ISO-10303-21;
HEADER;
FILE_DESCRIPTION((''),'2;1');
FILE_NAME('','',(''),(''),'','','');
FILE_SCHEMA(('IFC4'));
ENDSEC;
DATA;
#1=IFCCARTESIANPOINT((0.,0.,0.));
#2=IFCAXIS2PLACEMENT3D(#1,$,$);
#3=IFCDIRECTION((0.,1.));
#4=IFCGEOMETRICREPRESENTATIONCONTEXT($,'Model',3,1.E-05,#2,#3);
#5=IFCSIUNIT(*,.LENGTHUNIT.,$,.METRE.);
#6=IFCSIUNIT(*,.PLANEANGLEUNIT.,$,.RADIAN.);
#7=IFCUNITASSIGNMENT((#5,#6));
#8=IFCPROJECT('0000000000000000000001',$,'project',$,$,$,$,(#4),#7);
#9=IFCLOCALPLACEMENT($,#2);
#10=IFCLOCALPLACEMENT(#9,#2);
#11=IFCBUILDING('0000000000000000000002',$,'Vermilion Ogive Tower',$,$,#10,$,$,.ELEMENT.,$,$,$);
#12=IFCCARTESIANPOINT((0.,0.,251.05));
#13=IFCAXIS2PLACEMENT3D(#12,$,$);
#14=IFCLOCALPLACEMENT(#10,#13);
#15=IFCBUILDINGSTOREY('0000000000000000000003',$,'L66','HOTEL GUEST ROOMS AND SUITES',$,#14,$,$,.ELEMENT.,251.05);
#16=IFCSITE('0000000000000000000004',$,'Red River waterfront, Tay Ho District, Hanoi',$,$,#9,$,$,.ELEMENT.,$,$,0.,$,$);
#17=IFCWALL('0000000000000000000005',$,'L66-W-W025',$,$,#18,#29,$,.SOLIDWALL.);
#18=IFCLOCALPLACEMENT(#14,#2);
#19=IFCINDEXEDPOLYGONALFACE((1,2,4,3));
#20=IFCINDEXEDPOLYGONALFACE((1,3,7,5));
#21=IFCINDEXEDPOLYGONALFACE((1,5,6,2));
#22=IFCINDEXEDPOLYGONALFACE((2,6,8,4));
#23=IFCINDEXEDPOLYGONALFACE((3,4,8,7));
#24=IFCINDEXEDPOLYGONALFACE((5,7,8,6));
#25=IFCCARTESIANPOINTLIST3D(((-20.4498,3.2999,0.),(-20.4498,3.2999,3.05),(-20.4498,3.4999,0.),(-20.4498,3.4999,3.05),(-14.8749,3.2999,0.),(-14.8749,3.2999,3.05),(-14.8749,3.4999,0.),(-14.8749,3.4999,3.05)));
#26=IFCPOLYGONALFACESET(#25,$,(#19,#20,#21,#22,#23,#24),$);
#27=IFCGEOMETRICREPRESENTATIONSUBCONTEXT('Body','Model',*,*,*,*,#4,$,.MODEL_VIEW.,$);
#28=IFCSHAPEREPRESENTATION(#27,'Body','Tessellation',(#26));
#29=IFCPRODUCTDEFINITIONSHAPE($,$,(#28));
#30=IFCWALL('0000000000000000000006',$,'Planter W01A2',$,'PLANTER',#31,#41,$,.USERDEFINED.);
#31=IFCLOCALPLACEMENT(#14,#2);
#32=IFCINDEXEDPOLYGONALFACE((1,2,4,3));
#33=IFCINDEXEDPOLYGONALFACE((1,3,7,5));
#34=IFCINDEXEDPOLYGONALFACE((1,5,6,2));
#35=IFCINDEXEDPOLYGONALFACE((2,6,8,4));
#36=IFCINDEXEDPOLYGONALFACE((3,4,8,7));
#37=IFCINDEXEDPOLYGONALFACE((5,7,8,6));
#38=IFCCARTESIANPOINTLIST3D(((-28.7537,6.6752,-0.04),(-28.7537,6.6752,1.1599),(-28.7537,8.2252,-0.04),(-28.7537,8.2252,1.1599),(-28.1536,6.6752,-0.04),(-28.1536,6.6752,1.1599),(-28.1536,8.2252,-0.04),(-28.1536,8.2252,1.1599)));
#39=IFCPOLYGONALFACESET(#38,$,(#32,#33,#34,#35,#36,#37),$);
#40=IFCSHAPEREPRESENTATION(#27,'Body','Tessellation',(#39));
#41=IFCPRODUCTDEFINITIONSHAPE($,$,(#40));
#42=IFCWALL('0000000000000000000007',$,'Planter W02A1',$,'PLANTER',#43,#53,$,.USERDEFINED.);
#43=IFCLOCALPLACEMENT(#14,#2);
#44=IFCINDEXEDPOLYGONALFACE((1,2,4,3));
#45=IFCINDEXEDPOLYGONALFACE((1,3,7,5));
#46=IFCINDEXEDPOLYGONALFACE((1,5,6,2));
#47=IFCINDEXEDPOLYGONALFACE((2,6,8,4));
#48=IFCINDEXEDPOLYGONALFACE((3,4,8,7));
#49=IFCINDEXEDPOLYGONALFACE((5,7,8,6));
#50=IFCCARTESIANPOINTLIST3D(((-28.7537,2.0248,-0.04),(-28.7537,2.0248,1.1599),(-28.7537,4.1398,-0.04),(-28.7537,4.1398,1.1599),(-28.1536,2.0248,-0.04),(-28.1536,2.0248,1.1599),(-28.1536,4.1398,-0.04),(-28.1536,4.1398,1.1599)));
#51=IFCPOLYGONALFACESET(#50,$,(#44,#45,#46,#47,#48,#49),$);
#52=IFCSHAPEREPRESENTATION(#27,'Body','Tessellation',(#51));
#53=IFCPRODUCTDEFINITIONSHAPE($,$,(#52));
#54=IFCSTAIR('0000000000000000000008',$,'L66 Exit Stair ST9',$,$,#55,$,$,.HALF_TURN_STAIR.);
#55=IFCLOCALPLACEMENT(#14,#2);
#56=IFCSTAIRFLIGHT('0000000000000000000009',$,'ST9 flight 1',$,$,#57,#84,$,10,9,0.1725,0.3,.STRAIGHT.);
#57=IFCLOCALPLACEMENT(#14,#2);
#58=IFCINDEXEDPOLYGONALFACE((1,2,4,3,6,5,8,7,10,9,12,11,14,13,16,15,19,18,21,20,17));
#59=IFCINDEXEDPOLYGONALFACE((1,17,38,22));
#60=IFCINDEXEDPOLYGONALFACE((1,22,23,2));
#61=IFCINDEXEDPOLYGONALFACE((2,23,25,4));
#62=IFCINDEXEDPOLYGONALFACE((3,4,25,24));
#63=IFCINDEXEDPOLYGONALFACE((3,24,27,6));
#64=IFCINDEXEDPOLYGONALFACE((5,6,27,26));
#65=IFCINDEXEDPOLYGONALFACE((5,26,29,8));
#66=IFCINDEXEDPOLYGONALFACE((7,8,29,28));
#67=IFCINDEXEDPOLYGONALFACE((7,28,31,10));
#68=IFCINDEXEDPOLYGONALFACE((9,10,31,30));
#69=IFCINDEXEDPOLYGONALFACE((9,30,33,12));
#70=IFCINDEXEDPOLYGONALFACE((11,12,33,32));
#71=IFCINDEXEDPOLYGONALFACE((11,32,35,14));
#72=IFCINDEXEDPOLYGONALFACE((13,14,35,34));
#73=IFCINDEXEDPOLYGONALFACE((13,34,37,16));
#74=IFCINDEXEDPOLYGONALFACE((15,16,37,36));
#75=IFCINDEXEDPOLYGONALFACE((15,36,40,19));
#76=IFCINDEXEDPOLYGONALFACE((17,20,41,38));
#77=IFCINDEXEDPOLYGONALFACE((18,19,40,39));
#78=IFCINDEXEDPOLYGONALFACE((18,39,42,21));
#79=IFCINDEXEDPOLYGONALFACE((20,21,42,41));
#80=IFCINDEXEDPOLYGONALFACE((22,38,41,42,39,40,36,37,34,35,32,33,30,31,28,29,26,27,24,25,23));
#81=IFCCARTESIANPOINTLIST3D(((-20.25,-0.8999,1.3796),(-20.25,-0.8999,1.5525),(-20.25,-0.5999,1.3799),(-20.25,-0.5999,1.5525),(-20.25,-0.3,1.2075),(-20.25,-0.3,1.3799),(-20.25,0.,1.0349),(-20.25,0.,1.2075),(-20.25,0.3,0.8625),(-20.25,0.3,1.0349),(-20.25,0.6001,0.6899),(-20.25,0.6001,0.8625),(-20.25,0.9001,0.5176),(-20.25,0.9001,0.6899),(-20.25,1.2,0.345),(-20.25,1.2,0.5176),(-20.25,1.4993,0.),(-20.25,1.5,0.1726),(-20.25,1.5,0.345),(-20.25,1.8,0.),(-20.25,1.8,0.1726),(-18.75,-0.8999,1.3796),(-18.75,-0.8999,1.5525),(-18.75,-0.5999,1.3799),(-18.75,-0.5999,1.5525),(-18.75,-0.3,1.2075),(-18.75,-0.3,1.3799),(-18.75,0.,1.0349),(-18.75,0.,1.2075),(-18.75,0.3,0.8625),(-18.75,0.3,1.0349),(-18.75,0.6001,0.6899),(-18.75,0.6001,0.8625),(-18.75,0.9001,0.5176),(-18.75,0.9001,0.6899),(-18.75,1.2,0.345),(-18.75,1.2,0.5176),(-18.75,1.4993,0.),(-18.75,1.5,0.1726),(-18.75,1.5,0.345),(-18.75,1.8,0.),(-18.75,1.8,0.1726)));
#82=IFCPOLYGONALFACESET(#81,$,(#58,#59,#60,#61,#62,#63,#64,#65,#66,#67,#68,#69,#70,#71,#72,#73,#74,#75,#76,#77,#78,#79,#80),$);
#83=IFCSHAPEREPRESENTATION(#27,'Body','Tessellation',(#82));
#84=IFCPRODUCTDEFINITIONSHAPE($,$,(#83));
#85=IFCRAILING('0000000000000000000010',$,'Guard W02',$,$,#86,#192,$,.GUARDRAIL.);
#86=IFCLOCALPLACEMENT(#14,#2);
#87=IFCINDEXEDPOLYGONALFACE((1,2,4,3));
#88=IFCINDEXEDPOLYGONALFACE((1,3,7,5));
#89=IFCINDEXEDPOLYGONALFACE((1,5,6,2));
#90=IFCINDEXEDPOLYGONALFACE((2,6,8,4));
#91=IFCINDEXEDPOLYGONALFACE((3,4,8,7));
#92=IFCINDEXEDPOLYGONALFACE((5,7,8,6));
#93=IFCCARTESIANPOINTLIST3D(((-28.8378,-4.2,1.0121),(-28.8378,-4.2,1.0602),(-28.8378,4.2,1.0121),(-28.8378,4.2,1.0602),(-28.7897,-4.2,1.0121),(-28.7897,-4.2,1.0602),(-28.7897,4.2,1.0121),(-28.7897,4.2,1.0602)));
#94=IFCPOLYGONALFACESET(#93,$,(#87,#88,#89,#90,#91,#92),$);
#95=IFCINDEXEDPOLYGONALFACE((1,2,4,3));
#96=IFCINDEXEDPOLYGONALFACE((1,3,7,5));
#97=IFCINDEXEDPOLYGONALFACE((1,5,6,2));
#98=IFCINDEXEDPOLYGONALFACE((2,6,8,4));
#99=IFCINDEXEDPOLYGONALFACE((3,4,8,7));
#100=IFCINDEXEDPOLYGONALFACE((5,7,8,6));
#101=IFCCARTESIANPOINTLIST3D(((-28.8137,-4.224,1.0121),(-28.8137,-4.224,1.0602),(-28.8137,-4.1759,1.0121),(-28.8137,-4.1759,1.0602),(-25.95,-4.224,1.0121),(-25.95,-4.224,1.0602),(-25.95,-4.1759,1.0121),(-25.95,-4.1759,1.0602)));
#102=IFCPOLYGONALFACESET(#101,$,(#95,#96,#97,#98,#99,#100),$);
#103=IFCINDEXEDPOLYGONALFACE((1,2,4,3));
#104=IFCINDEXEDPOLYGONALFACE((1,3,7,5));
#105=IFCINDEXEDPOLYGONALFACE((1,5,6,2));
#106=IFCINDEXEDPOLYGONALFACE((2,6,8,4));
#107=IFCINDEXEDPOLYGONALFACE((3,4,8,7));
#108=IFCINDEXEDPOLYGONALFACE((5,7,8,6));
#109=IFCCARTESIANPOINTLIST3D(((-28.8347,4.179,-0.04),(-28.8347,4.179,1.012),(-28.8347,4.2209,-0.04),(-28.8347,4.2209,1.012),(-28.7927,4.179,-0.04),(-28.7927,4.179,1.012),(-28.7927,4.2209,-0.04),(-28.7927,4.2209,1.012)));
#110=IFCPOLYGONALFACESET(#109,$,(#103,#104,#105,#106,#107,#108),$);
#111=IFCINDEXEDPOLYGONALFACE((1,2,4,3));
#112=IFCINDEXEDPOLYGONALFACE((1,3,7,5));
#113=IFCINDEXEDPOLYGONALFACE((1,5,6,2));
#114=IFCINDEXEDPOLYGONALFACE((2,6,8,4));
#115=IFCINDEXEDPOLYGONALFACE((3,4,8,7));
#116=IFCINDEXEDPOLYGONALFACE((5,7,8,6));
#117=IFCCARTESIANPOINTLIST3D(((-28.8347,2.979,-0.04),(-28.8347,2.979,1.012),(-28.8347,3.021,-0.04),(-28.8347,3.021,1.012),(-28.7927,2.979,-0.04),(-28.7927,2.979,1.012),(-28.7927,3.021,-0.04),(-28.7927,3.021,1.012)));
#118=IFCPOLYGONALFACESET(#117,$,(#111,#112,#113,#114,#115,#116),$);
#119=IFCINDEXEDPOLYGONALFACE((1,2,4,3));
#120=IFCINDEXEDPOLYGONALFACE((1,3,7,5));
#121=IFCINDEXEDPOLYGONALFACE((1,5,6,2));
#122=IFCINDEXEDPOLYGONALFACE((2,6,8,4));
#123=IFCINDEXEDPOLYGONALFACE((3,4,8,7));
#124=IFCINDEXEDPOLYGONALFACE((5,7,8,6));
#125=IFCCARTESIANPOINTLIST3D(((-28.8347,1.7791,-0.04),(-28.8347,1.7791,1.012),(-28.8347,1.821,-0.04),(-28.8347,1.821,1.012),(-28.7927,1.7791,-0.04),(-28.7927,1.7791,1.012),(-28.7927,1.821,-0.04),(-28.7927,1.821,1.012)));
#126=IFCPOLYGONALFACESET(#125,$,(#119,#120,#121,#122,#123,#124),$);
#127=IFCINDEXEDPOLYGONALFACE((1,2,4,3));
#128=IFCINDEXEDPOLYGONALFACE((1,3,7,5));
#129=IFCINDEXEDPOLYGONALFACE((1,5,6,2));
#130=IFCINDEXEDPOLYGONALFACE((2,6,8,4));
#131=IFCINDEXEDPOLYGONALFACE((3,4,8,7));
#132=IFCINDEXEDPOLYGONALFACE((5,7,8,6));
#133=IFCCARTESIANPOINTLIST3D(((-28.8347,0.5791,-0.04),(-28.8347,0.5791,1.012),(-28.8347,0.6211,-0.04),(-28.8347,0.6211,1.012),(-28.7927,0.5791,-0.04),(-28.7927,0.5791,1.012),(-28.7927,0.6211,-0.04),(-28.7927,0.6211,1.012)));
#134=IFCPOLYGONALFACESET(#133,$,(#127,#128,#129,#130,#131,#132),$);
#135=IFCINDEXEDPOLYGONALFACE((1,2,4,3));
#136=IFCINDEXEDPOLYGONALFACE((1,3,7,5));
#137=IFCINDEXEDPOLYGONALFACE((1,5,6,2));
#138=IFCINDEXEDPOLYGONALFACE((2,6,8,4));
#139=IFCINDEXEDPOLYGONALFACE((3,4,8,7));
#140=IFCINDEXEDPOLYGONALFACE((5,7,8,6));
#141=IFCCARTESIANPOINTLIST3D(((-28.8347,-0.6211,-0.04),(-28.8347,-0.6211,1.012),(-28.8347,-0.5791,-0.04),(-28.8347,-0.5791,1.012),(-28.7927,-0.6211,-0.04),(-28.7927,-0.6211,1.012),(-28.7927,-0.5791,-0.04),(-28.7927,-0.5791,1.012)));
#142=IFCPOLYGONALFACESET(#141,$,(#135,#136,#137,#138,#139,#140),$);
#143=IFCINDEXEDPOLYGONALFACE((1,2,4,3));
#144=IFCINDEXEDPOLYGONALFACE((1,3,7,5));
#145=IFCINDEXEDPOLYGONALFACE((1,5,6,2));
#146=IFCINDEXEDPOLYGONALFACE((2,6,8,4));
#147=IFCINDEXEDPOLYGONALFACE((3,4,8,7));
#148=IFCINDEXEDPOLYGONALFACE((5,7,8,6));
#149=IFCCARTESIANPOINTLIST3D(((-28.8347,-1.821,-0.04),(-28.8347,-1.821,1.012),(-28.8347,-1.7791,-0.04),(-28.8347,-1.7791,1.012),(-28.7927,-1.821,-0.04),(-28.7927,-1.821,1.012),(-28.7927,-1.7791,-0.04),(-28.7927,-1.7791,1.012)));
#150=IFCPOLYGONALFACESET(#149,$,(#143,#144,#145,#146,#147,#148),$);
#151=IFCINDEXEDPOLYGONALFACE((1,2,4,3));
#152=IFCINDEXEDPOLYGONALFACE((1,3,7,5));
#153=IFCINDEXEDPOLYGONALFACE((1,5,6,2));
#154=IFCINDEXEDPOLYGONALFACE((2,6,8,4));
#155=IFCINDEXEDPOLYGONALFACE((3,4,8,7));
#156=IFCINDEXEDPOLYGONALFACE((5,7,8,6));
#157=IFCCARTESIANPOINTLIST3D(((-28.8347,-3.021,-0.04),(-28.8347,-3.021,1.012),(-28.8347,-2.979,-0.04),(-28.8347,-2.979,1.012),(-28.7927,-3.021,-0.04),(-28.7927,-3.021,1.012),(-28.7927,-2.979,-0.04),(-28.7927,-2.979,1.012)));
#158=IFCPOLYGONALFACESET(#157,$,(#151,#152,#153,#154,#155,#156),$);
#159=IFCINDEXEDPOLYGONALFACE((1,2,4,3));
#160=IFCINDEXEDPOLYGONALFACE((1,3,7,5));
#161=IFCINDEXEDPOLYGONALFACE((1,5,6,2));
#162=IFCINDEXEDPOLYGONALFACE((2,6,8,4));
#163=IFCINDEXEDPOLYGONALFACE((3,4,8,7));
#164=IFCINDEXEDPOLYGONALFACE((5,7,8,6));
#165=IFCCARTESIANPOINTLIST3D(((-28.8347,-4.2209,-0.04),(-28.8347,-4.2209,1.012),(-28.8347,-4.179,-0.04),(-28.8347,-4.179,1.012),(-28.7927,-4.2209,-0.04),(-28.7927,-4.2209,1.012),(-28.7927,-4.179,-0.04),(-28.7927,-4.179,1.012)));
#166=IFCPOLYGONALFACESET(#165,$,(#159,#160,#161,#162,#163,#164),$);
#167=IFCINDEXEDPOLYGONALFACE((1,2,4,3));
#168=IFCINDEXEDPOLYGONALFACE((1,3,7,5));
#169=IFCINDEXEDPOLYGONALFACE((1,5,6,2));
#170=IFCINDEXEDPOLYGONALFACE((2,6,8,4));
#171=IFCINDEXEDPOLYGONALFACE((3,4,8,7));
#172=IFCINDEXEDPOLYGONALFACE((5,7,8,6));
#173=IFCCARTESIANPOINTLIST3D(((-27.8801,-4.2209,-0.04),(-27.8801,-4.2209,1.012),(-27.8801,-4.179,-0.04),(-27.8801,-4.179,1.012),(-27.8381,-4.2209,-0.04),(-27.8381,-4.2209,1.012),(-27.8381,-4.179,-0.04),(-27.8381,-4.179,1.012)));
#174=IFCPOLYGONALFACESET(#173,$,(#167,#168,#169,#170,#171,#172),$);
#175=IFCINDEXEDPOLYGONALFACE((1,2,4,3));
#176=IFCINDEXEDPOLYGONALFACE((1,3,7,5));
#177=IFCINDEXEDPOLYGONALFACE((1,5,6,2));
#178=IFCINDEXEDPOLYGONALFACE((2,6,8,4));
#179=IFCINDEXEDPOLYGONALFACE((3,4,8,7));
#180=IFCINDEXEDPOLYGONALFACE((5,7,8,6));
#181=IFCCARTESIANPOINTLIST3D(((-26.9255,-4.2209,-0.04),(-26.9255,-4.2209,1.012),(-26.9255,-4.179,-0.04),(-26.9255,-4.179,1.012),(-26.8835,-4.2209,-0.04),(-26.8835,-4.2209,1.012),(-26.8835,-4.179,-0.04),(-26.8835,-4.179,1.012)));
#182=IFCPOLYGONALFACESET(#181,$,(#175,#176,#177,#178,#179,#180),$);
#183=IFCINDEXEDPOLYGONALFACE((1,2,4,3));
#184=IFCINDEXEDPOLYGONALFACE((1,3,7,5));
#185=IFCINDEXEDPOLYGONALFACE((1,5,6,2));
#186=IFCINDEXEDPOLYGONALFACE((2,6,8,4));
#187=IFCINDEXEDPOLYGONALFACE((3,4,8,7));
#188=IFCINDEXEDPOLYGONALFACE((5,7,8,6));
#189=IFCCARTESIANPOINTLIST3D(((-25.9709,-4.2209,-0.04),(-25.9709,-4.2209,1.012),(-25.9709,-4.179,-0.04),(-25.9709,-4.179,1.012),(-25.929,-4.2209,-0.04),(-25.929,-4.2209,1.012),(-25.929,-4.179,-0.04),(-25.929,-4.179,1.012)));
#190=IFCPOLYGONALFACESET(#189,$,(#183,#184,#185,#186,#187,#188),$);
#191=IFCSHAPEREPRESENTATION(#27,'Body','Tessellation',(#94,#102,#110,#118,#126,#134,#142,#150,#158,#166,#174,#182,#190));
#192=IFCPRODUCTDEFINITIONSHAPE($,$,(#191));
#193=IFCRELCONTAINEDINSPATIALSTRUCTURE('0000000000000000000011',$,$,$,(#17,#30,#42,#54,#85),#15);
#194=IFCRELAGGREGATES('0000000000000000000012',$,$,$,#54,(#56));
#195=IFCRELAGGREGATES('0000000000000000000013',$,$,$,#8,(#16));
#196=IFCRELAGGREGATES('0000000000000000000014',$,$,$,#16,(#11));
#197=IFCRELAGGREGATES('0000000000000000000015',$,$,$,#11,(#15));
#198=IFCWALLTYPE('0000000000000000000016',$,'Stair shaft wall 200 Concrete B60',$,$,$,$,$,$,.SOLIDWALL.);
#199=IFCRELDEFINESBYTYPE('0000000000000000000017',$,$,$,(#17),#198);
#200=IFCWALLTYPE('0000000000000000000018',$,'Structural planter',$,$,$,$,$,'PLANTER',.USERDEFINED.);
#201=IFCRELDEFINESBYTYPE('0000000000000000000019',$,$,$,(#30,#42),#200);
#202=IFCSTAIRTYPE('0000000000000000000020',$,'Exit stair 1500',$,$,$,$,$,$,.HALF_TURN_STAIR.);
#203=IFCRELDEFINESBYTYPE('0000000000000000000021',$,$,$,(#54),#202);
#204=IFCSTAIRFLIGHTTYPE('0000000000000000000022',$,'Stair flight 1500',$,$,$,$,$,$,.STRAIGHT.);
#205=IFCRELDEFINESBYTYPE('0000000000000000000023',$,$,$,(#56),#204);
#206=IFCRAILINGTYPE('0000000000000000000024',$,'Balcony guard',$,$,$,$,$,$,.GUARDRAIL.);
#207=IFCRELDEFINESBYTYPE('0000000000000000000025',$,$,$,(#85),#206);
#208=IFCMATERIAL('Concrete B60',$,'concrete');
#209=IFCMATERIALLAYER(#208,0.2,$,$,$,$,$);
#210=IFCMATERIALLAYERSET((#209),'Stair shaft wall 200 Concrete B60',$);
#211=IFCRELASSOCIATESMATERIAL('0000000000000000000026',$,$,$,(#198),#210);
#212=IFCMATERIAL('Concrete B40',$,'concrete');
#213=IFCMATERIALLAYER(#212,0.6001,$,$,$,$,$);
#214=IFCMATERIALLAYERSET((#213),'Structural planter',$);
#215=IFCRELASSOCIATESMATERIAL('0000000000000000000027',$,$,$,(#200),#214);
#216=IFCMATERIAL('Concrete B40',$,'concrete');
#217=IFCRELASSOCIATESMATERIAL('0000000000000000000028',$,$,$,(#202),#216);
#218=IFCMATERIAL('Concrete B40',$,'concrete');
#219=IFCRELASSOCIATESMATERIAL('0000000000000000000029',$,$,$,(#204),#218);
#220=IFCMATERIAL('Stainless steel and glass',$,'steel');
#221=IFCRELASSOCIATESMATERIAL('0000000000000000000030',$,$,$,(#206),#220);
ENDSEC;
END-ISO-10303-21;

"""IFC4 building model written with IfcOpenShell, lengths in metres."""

from ifc_helpers import new_model, si_unit, direction, frame, frame_2d, origin, origin_2d, place, context, subcontext, project, spatial, polyline, rectangle, outline, extrude, material, layer, layer_set, type_object, element, aggregate, save


model = new_model("IFC4")

# Units and contexts
model_context = context("Model", 3, precision=1e-05, world=origin(), true_north=direction((0.0, 1.0)))
body_context = subcontext(model_context, "Body", "Model", "MODEL_VIEW")
ifc_project = project(units=[si_unit("LENGTHUNIT", "METRE"), si_unit("PLANEANGLEUNIT", "RADIAN")], contexts=[model_context])

# Site, building, storey
site_placement = place(None, origin())
site = spatial("IfcSite", under=ifc_project, at=site_placement, Name="Red River waterfront, Tay Ho District, Hanoi", CompositionType="ELEMENT", RefElevation=0.0)
building_placement = place(site_placement, origin())
building = spatial("IfcBuilding", under=site, at=building_placement, Name="Vermilion Ogive Tower", CompositionType="ELEMENT")
storey_placement = place(building_placement, frame((0.0, 0.0, 251.05)))
storey = spatial("IfcBuildingStorey", under=building, at=storey_placement, Name="L66", Description="HOTEL GUEST ROOMS AND SUITES", CompositionType="ELEMENT", Elevation=251.05)

# Walls
ifc_material_1 = material(Name="Concrete B60", Category="concrete")
ifc_layer_1 = layer(ifc_material_1, 0.2)
ifc_layer_set_1 = layer_set([ifc_layer_1], Name="Stair shaft wall 200 Concrete B60")
wall_type_1 = type_object("IfcWallType", Name="Stair shaft wall 200 Concrete B60", PredefinedType="SOLIDWALL", material=ifc_layer_set_1)
wall_1_placement = place(storey_placement, frame((-20.45, 3.3999, 0.0), z_axis=(0.0, 0.0, 1.0), x_axis=(1.0, 0.0, 0.0)))
element("IfcWall", 1, at=wall_1_placement, inside=storey, type_object=wall_type_1, Name="L66-W-W025", PredefinedType="SOLIDWALL", context=body_context, shape_type="SweptSolid", body=[
    extrude(rectangle(XDim=5.575, YDim=0.2, at=frame_2d((2.7876, 0.0))), origin(), (0.0, 0.0, 1.0), 3.05),
])
ifc_material_2 = material(Name="Concrete B40", Category="concrete")
ifc_layer_2 = layer(ifc_material_2, 0.6001)
ifc_layer_set_2 = layer_set([ifc_layer_2], Name="Structural planter")
wall_type_2 = type_object("IfcWallType", Name="Structural planter", ElementType="PLANTER", PredefinedType="USERDEFINED", material=ifc_layer_set_2)
wall_2_placement = place(storey_placement, frame((-28.4536, 8.2251, -0.04), z_axis=(0.0, 0.0, 1.0), x_axis=(0.0, -1.0, 0.0)))
element("IfcWall", 2, at=wall_2_placement, inside=storey, type_object=wall_type_2, Name="Planter W01A2", ObjectType="PLANTER", PredefinedType="USERDEFINED", context=body_context, shape_type="SweptSolid", body=[
    extrude(rectangle(XDim=1.55, YDim=0.6001, at=frame_2d((0.7749, 0.0))), origin(), (0.0, 0.0, 1.0), 1.2),
])
wall_3_placement = place(storey_placement, frame((-28.4536, 4.1399, -0.04), z_axis=(0.0, 0.0, 1.0), x_axis=(0.0, -1.0, 0.0)))
element("IfcWall", 3, at=wall_3_placement, inside=storey, type_object=wall_type_2, Name="Planter W02A1", ObjectType="PLANTER", PredefinedType="USERDEFINED", context=body_context, shape_type="SweptSolid", body=[
    extrude(rectangle(XDim=2.115, YDim=0.6001, at=frame_2d((1.0576, 0.0))), origin(), (0.0, 0.0, 1.0), 1.2),
])

# Stair, stair flight
ifc_material_3 = material(Name="Concrete B40", Category="concrete")
stair_type = type_object("IfcStairType", Name="Exit stair 1500", PredefinedType="HALF_TURN_STAIR", material=ifc_material_3)
stair_placement = place(storey_placement, origin())
stair = element("IfcStair", 4, at=stair_placement, inside=storey, type_object=stair_type, Name="L66 Exit Stair ST9", PredefinedType="HALF_TURN_STAIR")
ifc_material_4 = material(Name="Concrete B40", Category="concrete")
stair_flight_type = type_object("IfcStairFlightType", Name="Stair flight 1500", PredefinedType="STRAIGHT", material=ifc_material_4)
stair_flight_placement = place(storey_placement, frame((-19.5, 1.8, 0.0), z_axis=(0.0, 0.0, 1.0), x_axis=(0.0, -1.0, 0.0)))
stair_flight = element("IfcStairFlight", 5, at=stair_flight_placement, type_object=stair_flight_type, Name="ST9 flight 1", NumberOfRisers=10, NumberOfTreads=9, PredefinedType="STRAIGHT", RiserHeight=0.1725, TreadLength=0.3, context=body_context, shape_type="SweptSolid", body=[
    extrude(outline(polyline([(0.0, 0.0), (0.0, 0.1726), (0.3, 0.1726), (0.3, 0.345), (0.6001, 0.345), (0.6001, 0.5176), (0.8999, 0.5176), (0.8999, 0.6899), (1.2, 0.6899), (1.2, 0.8625), (1.5, 0.8625), (1.5, 1.0349), (1.8, 1.0349), (1.8, 1.2075), (2.1001, 1.2075), (2.1001, 1.3799), (2.3999, 1.3799), (2.3999, 1.5525), (2.7, 1.5525), (2.7, 1.7251), (2.7, 1.3796), (0.3008, 0.0), (0.0, 0.0)])), frame((0.0, 0.75, 0.0), z_axis=(0.0, -1.0, 0.0), x_axis=(1.0, 0.0, 0.0)), (0.0, 0.0, 1.0), 1.5),
])
aggregate(stair, [stair_flight])

# Railing
ifc_material_5 = material(Name="Stainless steel and glass", Category="steel")
railing_type_1 = type_object("IfcRailingType", Name="Balcony guard", PredefinedType="GUARDRAIL", material=ifc_material_5)
railing_1_placement = place(storey_placement, frame((-28.8137, 4.2, -0.04)))
element("IfcRailing", 6, at=railing_1_placement, inside=storey, type_object=railing_type_1, Name="Guard W02", PredefinedType="GUARDRAIL", context=body_context, shape_type="SweptSolid", body=[
    extrude(rectangle(XDim=0.0481, YDim=0.0481, at=origin_2d()), frame((0.0, 0.0, 1.0762), z_axis=(0.0, -1.0, 0.0), x_axis=(1.0, 0.0, 0.0)), (0.0, 0.0, 1.0), 8.3999),
    extrude(rectangle(XDim=0.0481, YDim=0.0481, at=origin_2d()), frame((0.0, -8.3999, 1.0762), z_axis=(1.0, 0.0, 0.0), x_axis=(0.0, 1.0, 0.0)), (0.0, 0.0, 1.0), 2.8638),
    extrude(rectangle(XDim=0.042, YDim=0.042, at=origin_2d()), origin(), (0.0, 0.0, 1.0), 1.052),
    extrude(rectangle(XDim=0.042, YDim=0.042, at=origin_2d()), frame((0.0, -1.2, 0.0)), (0.0, 0.0, 1.0), 1.052),
    extrude(rectangle(XDim=0.042, YDim=0.042, at=origin_2d()), frame((0.0, -2.3999, 0.0)), (0.0, 0.0, 1.0), 1.052),
    extrude(rectangle(XDim=0.042, YDim=0.042, at=origin_2d()), frame((0.0, -3.5999, 0.0)), (0.0, 0.0, 1.0), 1.052),
    extrude(rectangle(XDim=0.042, YDim=0.042, at=origin_2d()), frame((0.0, -4.8, 0.0)), (0.0, 0.0, 1.0), 1.052),
    extrude(rectangle(XDim=0.042, YDim=0.042, at=origin_2d()), frame((0.0, -6.0, 0.0)), (0.0, 0.0, 1.0), 1.052),
    extrude(rectangle(XDim=0.042, YDim=0.042, at=origin_2d()), frame((0.0, -7.2, 0.0)), (0.0, 0.0, 1.0), 1.052),
    extrude(rectangle(XDim=0.042, YDim=0.042, at=origin_2d()), frame((0.0, -8.3999, 0.0)), (0.0, 0.0, 1.0), 1.052),
    extrude(rectangle(XDim=0.042, YDim=0.042, at=origin_2d()), frame((0.9546, -8.3999, 0.0)), (0.0, 0.0, 1.0), 1.052),
    extrude(rectangle(XDim=0.042, YDim=0.042, at=origin_2d()), frame((1.9092, -8.3999, 0.0)), (0.0, 0.0, 1.0), 1.052),
    extrude(rectangle(XDim=0.042, YDim=0.042, at=origin_2d()), frame((2.8638, -8.3999, 0.0)), (0.0, 0.0, 1.0), 1.052),
])

save(model, "model.ifc")
